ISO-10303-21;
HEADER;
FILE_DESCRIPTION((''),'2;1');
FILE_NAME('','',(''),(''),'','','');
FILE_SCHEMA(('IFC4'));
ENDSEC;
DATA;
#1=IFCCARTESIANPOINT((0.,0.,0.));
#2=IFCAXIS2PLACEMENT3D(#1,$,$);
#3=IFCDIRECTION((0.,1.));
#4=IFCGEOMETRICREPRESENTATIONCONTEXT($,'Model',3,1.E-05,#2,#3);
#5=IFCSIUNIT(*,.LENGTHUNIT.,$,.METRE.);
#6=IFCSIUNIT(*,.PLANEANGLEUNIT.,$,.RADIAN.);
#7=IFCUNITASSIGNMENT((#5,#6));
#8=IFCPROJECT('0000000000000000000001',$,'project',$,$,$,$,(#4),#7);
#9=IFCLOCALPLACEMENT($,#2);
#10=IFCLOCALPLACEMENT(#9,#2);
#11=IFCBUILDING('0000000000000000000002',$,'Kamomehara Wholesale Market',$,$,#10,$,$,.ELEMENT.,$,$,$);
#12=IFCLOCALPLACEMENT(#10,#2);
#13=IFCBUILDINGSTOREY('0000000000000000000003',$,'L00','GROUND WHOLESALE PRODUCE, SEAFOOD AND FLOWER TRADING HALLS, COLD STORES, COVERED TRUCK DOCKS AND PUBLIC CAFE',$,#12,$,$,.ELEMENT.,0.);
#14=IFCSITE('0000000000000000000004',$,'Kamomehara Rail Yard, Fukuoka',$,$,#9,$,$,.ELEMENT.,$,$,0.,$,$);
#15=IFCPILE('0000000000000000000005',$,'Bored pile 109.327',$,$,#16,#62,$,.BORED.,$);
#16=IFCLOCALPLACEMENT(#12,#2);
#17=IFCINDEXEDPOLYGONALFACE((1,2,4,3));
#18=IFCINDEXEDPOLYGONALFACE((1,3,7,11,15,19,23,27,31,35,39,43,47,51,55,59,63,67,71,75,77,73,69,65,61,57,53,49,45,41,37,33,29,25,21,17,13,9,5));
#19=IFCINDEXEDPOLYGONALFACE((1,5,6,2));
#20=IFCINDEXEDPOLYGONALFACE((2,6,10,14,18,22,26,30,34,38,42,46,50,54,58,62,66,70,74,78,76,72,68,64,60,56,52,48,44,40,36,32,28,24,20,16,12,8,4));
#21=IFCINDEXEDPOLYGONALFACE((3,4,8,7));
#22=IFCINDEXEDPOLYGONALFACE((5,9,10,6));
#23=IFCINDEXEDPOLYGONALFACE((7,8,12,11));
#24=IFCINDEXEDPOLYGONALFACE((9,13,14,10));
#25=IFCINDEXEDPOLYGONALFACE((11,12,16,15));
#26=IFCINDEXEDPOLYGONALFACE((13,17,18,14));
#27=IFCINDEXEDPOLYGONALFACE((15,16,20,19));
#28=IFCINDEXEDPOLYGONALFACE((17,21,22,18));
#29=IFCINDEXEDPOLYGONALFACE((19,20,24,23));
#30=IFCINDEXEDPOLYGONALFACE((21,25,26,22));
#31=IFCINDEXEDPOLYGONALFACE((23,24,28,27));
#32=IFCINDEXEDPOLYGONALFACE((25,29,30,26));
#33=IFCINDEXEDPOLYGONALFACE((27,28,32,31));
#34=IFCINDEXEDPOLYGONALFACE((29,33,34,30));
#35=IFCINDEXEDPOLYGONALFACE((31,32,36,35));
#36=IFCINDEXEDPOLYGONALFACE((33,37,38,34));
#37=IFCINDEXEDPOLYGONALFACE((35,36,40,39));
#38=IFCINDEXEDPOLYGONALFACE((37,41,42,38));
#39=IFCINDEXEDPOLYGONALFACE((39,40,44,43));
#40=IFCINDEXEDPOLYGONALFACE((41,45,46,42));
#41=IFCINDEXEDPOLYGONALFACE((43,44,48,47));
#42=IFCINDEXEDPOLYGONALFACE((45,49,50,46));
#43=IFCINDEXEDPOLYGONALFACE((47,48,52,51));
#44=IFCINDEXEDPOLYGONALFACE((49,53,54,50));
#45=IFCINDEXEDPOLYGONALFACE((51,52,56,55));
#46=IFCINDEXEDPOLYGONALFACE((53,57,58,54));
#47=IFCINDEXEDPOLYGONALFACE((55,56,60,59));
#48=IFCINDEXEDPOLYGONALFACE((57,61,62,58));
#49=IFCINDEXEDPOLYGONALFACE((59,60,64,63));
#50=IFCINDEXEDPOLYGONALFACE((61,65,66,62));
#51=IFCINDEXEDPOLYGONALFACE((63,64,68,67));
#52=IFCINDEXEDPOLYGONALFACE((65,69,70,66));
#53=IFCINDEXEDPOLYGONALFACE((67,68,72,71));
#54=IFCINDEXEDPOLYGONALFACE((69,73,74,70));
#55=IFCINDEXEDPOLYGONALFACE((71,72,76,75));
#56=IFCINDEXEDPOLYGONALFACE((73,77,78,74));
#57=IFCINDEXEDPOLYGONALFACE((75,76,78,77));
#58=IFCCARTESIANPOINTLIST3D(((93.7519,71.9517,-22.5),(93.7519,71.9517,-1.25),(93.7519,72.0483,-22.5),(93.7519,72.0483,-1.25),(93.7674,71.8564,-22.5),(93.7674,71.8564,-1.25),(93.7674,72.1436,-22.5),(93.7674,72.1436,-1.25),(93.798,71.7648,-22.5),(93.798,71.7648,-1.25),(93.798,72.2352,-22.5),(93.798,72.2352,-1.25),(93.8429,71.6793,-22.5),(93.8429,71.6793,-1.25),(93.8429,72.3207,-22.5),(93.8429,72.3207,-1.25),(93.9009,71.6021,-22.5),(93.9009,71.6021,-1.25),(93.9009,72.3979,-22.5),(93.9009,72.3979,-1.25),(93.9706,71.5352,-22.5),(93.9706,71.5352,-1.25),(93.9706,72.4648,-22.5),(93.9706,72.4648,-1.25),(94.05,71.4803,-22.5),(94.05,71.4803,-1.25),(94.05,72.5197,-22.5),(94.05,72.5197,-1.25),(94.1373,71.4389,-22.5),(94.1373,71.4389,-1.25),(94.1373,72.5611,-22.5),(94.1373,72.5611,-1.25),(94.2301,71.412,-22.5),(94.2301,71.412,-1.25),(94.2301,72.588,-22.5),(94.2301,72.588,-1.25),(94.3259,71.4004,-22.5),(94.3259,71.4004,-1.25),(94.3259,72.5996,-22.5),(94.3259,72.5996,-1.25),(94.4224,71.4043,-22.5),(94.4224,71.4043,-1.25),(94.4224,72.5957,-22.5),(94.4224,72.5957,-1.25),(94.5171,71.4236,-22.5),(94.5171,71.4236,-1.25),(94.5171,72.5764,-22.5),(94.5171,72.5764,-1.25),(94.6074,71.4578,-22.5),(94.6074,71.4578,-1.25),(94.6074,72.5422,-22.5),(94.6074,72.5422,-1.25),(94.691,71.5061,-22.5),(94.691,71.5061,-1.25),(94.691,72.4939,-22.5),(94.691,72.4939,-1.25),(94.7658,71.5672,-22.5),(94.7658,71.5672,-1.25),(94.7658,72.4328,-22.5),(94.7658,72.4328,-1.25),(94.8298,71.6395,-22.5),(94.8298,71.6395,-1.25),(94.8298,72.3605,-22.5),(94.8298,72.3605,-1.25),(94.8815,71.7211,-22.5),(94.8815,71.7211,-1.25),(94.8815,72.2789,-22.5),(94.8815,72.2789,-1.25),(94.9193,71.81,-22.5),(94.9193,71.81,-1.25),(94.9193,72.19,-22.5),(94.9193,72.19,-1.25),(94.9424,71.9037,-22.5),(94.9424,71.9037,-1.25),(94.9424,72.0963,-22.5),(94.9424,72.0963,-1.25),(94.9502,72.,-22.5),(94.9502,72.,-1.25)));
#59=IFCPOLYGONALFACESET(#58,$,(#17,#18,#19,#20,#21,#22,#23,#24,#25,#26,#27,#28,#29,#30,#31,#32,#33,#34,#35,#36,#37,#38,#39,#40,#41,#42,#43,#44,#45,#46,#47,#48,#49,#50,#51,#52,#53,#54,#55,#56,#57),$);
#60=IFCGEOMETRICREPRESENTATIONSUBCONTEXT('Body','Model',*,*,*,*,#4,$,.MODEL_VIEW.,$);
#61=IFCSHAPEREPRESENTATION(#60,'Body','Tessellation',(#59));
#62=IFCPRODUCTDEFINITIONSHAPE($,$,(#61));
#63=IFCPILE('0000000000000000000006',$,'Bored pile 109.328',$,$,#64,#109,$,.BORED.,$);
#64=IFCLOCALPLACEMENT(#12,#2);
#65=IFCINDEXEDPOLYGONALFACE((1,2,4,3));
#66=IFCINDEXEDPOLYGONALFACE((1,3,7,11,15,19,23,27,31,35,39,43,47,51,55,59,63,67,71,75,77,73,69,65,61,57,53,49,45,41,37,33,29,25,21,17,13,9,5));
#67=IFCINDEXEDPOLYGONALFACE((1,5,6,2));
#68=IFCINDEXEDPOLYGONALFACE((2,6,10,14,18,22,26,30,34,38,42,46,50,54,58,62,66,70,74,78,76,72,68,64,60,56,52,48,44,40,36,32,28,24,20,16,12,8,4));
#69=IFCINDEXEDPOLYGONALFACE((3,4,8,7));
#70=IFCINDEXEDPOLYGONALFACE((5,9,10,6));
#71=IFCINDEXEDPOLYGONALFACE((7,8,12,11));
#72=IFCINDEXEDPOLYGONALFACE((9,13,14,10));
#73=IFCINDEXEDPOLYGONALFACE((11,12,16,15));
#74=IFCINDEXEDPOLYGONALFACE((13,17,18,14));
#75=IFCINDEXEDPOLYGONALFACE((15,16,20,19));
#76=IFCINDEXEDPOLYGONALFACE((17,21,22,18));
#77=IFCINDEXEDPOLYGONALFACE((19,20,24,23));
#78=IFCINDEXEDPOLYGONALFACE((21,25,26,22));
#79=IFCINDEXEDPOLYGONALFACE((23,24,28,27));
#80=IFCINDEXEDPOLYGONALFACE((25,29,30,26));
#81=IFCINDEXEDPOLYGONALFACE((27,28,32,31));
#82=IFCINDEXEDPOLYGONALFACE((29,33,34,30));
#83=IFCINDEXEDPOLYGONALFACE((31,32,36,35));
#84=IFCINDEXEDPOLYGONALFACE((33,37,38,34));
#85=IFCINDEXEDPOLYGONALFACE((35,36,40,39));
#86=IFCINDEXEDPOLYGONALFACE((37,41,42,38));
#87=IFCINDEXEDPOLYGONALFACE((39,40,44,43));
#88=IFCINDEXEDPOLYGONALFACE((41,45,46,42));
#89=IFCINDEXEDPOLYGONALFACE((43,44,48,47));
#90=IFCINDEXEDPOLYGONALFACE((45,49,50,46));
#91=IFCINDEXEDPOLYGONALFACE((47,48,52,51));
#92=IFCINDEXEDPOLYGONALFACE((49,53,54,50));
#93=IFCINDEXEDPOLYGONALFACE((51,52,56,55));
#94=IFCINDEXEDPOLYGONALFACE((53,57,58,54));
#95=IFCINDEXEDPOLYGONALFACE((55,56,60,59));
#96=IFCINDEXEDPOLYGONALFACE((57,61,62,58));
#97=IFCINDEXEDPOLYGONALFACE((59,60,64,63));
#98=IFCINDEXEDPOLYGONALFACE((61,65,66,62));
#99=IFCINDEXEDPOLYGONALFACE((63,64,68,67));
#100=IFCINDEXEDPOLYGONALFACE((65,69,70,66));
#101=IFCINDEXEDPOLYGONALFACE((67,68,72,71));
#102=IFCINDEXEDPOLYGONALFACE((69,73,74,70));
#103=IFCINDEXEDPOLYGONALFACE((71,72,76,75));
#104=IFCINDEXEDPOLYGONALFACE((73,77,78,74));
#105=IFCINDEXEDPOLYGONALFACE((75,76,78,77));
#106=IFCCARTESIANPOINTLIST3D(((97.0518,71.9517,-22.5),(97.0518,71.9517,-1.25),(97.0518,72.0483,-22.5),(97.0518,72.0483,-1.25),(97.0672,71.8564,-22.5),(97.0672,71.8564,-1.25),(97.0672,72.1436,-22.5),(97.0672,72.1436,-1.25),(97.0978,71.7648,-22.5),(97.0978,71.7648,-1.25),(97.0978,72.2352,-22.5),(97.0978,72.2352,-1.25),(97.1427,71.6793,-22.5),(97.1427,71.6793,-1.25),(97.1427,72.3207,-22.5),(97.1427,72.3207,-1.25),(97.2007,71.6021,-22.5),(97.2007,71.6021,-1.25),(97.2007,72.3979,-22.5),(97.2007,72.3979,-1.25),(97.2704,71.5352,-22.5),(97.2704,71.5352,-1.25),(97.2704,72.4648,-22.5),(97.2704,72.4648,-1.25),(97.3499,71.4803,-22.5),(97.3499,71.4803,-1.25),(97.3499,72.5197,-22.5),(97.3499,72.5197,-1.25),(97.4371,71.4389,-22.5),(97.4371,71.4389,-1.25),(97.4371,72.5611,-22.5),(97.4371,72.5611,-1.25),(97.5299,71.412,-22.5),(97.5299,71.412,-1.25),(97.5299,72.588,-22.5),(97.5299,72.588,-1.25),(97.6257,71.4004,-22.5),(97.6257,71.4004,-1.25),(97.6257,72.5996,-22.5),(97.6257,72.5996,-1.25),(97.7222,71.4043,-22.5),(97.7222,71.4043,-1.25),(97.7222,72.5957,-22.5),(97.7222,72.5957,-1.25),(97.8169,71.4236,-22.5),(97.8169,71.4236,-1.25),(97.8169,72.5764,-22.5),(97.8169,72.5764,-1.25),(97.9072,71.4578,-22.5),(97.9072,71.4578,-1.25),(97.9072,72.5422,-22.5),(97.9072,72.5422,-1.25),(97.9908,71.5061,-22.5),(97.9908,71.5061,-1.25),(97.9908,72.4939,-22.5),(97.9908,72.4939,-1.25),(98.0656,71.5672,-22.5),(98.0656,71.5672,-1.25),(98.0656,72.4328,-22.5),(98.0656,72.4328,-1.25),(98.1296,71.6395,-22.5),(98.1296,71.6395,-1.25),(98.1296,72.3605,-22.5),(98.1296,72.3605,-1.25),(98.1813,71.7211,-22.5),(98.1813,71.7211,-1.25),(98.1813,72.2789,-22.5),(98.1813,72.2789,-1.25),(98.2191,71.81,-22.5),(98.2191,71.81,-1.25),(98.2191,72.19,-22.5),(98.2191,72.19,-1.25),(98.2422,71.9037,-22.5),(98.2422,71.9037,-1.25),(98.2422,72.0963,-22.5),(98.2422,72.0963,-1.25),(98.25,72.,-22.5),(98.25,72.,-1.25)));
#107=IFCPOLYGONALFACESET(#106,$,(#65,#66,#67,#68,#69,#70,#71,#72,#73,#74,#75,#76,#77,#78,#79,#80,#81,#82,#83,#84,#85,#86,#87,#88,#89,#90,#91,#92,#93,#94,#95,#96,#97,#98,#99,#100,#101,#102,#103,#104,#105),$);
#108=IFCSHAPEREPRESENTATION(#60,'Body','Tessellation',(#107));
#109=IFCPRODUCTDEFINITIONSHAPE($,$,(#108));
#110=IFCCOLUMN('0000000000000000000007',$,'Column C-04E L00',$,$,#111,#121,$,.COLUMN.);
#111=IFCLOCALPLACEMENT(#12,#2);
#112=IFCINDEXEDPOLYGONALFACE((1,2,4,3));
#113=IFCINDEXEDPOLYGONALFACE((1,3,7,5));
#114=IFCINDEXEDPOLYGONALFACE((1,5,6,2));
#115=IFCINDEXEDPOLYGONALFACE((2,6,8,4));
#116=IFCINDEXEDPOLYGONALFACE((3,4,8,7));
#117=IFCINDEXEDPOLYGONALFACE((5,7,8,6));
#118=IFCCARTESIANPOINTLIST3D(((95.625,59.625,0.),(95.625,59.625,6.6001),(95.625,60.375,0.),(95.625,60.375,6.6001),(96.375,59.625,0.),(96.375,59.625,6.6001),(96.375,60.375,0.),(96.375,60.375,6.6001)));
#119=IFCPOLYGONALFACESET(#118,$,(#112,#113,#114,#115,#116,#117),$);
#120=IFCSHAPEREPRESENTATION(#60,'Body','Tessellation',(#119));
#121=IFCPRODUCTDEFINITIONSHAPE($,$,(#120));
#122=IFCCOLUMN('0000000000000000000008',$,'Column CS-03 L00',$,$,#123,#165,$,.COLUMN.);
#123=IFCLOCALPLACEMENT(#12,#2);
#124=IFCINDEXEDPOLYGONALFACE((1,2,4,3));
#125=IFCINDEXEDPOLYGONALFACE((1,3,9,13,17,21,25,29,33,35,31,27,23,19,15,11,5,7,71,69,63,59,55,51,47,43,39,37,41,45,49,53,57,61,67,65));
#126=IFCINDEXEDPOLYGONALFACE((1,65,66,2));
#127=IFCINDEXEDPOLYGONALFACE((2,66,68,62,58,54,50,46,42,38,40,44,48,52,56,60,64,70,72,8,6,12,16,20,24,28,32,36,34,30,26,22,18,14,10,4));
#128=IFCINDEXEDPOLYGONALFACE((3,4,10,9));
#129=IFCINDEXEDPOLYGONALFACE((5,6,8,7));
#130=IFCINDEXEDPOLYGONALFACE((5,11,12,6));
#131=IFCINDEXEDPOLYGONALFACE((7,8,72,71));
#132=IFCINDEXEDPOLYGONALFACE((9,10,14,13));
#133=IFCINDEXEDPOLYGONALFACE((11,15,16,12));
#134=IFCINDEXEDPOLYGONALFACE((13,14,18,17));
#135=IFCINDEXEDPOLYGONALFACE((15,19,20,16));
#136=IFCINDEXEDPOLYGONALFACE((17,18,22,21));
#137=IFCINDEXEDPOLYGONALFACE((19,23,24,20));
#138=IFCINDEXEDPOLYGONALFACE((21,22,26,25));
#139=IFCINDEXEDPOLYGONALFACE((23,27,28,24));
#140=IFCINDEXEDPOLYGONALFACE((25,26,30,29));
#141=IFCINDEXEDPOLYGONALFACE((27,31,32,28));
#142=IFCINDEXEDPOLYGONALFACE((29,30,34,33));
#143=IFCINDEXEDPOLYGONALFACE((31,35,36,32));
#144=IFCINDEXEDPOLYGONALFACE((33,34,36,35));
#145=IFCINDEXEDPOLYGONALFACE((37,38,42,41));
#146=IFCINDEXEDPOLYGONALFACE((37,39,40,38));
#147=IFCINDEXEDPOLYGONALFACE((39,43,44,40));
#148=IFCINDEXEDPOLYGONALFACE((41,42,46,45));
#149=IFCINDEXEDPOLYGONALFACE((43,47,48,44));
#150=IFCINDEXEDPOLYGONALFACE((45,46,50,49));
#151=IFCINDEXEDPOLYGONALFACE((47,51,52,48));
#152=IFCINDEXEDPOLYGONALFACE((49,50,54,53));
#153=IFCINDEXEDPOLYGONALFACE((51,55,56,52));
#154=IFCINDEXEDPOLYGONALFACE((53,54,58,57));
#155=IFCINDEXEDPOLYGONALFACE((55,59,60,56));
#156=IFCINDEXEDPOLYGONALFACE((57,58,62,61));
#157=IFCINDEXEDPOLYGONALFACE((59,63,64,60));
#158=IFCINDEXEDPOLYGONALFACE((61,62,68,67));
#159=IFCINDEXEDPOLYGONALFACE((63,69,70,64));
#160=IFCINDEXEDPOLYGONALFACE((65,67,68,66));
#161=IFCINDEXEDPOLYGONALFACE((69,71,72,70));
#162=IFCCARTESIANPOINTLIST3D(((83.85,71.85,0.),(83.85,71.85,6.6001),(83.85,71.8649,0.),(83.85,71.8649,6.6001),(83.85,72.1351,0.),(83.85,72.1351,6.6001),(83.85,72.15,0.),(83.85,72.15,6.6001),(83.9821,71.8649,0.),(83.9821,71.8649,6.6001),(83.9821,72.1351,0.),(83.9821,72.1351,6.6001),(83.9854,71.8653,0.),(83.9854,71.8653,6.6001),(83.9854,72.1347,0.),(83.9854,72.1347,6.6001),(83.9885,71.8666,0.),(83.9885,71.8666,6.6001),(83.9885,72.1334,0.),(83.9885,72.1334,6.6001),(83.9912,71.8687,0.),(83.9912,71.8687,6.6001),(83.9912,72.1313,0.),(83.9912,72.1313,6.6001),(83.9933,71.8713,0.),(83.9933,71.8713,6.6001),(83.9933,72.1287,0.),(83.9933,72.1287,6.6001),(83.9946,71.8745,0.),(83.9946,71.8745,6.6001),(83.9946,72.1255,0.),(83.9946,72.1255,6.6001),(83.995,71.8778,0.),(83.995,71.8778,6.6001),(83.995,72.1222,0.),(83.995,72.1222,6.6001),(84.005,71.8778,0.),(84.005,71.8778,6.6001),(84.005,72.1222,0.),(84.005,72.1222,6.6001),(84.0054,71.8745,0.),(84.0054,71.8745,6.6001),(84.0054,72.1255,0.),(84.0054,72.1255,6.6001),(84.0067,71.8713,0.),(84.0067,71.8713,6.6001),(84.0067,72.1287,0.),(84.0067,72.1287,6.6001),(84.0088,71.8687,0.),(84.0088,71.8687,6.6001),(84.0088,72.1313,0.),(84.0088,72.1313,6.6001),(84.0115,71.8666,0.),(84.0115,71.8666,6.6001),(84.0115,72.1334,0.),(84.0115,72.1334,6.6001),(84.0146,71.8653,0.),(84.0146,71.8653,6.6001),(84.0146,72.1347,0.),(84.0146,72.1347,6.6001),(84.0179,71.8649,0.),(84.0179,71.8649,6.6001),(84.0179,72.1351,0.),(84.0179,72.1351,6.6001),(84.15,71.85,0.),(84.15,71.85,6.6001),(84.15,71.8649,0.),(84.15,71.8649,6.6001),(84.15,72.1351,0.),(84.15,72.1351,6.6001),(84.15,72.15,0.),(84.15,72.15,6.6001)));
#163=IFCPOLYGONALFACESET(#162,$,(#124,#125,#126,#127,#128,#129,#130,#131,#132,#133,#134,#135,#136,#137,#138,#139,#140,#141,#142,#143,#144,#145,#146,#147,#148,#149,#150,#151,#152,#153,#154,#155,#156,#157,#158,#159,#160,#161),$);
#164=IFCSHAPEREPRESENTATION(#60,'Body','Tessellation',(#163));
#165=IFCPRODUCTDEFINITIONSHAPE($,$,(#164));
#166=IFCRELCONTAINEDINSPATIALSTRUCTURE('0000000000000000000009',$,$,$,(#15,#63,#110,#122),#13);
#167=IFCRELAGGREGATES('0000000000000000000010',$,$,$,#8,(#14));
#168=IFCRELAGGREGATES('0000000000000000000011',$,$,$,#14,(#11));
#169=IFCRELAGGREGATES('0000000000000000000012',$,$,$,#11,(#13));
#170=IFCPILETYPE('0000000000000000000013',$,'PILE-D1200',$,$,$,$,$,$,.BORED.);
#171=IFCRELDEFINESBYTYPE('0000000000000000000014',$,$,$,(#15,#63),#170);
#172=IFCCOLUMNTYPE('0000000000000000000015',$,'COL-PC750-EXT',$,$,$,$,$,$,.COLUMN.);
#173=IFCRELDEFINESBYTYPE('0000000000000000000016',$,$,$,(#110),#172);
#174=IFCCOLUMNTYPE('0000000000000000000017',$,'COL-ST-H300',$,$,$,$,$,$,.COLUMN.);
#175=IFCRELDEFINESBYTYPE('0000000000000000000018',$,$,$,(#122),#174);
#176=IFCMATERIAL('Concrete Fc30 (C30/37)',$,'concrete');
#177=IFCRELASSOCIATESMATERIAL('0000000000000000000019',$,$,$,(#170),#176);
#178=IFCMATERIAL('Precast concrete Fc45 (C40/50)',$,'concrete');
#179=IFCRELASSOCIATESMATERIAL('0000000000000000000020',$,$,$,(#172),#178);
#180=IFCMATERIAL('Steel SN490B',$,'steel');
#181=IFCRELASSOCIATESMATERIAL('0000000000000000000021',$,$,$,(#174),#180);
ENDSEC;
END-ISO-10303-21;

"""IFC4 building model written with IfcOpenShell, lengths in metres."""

from ifc_helpers import new_model, si_unit, direction, frame, origin, origin_2d, place, context, subcontext, project, spatial, rectangle, circle, i_section, extrude, material, material_profile, profile_set, type_object, element, save


model = new_model("IFC4")

# Units and contexts
model_context = context("Model", 3, precision=1e-05, world=origin(), true_north=direction((0.0, 1.0)))
body_context = subcontext(model_context, "Body", "Model", "MODEL_VIEW")
ifc_project = project(units=[si_unit("LENGTHUNIT", "METRE"), si_unit("PLANEANGLEUNIT", "RADIAN")], contexts=[model_context])

# Site, building, storey
site_placement = place(None, origin())
site = spatial("IfcSite", under=ifc_project, at=site_placement, Name="Kamomehara Rail Yard, Fukuoka", CompositionType="ELEMENT", RefElevation=0.0)
building_placement = place(site_placement, origin())
building = spatial("IfcBuilding", under=site, at=building_placement, Name="Kamomehara Wholesale Market", CompositionType="ELEMENT")
storey_placement = place(building_placement, origin())
storey = spatial("IfcBuildingStorey", under=building, at=storey_placement, Name="L00", Description="GROUND WHOLESALE PRODUCE, SEAFOOD AND FLOWER TRADING HALLS, COLD STORES, COVERED TRUCK DOCKS AND PUBLIC CAFE", CompositionType="ELEMENT", Elevation=0.0)

# Piles
ifc_material_1 = material(Name="Concrete Fc30 (C30/37)", Category="concrete")
ifc_material_profile_1 = material_profile(ifc_material_1, circle(Radius=0.6001, at=origin_2d()), Name="RC-PILE-D1200")
ifc_profile_set_1 = profile_set([ifc_material_profile_1], Name="Concrete Fc30 (C30/37)")
pile_type_1 = type_object("IfcPileType", Name="PILE-D1200", PredefinedType="BORED", material=ifc_profile_set_1)
for number, where, z_axis, x_axis, name in (
    (1, (94.3501, 72.0, -1.25), (0.0, 0.0, -1.0), (1.0, 0.0, 0.0), "Bored pile 109.327"),
    (2, (97.6499, 72.0, -1.25), (0.0, 0.0, -1.0), (1.0, 0.0, 0.0), "Bored pile 109.328"),
):
    element("IfcPile", number, at=place(storey_placement, frame(where, z_axis=z_axis, x_axis=x_axis)), inside=storey, type_object=pile_type_1, Name=name, PredefinedType="BORED", context=body_context, shape_type="SweptSolid", body=[
        extrude(circle(Radius=0.6001, at=origin_2d()), origin(), (0.0, 0.0, 1.0), 21.25),
    ])

# Columns
ifc_material_2 = material(Name="Precast concrete Fc45 (C40/50)", Category="concrete")
ifc_material_profile_2 = material_profile(ifc_material_2, rectangle(XDim=0.75, YDim=0.75, at=origin_2d()), Name="PC-COL-750x750")
ifc_profile_set_2 = profile_set([ifc_material_profile_2], Name="Precast concrete Fc45 (C40/50)")
column_type_1 = type_object("IfcColumnType", Name="COL-PC750-EXT", PredefinedType="COLUMN", material=ifc_profile_set_2)
column_placement = place(storey_placement, frame((96.0, 60.0, 0.0), z_axis=(0.0, 0.0, 1.0), x_axis=(1.0, 0.0, 0.0)))
element("IfcColumn", 3, at=column_placement, inside=storey, type_object=column_type_1, Name="Column C-04E L00", PredefinedType="COLUMN", context=body_context, shape_type="SweptSolid", body=[
    extrude(rectangle(XDim=0.75, YDim=0.75, at=origin_2d()), origin(), (0.0, 0.0, 1.0), 6.6001),
])
ifc_material_3 = material(Name="Steel SN490B", Category="steel")
ifc_material_profile_3 = material_profile(ifc_material_3, i_section(OverallWidth=0.3, OverallDepth=0.3, WebThickness=0.01, FlangeThickness=0.0149, FilletRadius=0.0129, at=origin_2d()), Name="H-300x300x10x15")
ifc_profile_set_3 = profile_set([ifc_material_profile_3], Name="Steel SN490B")
column_type_2 = type_object("IfcColumnType", Name="COL-ST-H300", PredefinedType="COLUMN", material=ifc_profile_set_3)
for number, where, z_axis, x_axis, name in (
    (4, (84.0, 72.0, 0.0), (0.0, 0.0, 1.0), (1.0, 0.0, 0.0), "Column CS-03 L00"),
):
    element("IfcColumn", number, at=place(storey_placement, frame(where, z_axis=z_axis, x_axis=x_axis)), inside=storey, type_object=column_type_2, Name=name, PredefinedType="COLUMN", context=body_context, shape_type="SweptSolid", body=[
        extrude(i_section(OverallWidth=0.3, OverallDepth=0.3, WebThickness=0.01, FlangeThickness=0.0149, FilletRadius=0.0129, at=origin_2d()), origin(), (0.0, 0.0, 1.0), 6.6001),
    ])

save(model, "model.ifc")
